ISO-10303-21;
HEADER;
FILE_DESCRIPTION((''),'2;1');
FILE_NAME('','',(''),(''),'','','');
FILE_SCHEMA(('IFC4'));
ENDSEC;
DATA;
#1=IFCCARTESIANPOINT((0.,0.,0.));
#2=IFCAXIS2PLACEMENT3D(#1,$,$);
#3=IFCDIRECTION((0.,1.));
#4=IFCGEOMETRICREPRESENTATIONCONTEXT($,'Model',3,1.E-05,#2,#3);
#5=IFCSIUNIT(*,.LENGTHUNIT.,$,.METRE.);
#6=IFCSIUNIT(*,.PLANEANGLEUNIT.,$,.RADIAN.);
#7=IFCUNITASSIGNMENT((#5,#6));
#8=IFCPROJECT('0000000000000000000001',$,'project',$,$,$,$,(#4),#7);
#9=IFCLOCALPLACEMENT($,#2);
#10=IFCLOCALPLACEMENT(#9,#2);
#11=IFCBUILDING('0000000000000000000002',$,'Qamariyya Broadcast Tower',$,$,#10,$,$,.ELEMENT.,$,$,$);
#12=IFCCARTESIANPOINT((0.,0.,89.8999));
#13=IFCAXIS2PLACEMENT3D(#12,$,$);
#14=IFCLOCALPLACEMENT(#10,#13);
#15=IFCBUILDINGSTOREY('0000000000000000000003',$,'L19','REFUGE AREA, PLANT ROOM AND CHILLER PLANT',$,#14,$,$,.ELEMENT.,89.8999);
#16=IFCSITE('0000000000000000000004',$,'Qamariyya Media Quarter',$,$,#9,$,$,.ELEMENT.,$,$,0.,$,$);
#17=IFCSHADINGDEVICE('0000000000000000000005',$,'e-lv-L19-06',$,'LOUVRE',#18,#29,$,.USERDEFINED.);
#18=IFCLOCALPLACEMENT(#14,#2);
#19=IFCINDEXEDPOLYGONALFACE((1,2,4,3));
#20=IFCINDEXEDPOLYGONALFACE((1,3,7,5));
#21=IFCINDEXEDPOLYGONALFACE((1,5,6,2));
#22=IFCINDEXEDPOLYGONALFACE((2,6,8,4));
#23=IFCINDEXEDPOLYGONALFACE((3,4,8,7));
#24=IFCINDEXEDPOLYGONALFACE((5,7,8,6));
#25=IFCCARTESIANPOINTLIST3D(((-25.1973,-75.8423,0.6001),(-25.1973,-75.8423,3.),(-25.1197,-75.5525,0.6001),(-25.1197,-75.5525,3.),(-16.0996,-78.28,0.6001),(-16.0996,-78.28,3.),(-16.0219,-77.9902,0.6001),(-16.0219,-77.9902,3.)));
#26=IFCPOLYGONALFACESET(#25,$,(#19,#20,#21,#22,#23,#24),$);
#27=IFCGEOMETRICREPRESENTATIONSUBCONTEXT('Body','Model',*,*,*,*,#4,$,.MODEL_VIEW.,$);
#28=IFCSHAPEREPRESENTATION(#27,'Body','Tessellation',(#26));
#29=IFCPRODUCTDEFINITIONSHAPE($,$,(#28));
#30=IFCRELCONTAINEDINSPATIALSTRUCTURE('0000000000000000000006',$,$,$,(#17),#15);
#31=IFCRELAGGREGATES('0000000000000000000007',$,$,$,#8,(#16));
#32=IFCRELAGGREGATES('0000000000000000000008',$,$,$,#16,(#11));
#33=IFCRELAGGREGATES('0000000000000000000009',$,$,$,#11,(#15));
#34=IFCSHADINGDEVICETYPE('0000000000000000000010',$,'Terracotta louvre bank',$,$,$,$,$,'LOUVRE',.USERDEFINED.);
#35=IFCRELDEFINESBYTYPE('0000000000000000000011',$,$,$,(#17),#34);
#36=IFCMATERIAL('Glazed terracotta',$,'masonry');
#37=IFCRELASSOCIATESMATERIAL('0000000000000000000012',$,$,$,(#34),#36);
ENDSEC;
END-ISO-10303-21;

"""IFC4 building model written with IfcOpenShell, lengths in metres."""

from ifc_helpers import new_model, si_unit, direction, frame, origin, origin_2d, place, context, subcontext, project, spatial, rectangle, extrude, material, type_object, element, save


model = new_model("IFC4")

# Units and contexts
model_context = context("Model", 3, precision=1e-05, world=origin(), true_north=direction((0.0, 1.0)))
body_context = subcontext(model_context, "Body", "Model", "MODEL_VIEW")
ifc_project = project(units=[si_unit("LENGTHUNIT", "METRE"), si_unit("PLANEANGLEUNIT", "RADIAN")], contexts=[model_context])

# Site, building, storey
site_placement = place(None, origin())
site = spatial("IfcSite", under=ifc_project, at=site_placement, Name="Qamariyya Media Quarter", CompositionType="ELEMENT", RefElevation=0.0)
building_placement = place(site_placement, origin())
building = spatial("IfcBuilding", under=site, at=building_placement, Name="Qamariyya Broadcast Tower", CompositionType="ELEMENT")
storey_placement = place(building_placement, frame((0.0, 0.0, 89.8999)))
storey = spatial("IfcBuildingStorey", under=building, at=storey_placement, Name="L19", Description="REFUGE AREA, PLANT ROOM AND CHILLER PLANT", CompositionType="ELEMENT", Elevation=89.8999)

# Shading device
ifc_material_1 = material(Name="Glazed terracotta", Category="masonry")
shading_device_type = type_object("IfcShadingDeviceType", Name="Terracotta louvre bank", ElementType="LOUVRE", PredefinedType="USERDEFINED", material=ifc_material_1)
for number, where, z_axis, x_axis, name in (
    (1, (-20.6096, -76.9163, 0.6001), (0.0, 0.0, 1.0), (0.965926, -0.258819, 0.0), "e-lv-L19-06"),
):
    element("IfcShadingDevice", number, at=place(storey_placement, frame(where, z_axis=z_axis, x_axis=x_axis)), inside=storey, type_object=shading_device_type, Name=name, ObjectType="LOUVRE", PredefinedType="USERDEFINED", context=body_context, shape_type="SweptSolid", body=[
        extrude(rectangle(XDim=9.4187, YDim=0.3, at=origin_2d()), origin(), (0.0, 0.0, 1.0), 2.3999),
    ])

save(model, "model.ifc")
